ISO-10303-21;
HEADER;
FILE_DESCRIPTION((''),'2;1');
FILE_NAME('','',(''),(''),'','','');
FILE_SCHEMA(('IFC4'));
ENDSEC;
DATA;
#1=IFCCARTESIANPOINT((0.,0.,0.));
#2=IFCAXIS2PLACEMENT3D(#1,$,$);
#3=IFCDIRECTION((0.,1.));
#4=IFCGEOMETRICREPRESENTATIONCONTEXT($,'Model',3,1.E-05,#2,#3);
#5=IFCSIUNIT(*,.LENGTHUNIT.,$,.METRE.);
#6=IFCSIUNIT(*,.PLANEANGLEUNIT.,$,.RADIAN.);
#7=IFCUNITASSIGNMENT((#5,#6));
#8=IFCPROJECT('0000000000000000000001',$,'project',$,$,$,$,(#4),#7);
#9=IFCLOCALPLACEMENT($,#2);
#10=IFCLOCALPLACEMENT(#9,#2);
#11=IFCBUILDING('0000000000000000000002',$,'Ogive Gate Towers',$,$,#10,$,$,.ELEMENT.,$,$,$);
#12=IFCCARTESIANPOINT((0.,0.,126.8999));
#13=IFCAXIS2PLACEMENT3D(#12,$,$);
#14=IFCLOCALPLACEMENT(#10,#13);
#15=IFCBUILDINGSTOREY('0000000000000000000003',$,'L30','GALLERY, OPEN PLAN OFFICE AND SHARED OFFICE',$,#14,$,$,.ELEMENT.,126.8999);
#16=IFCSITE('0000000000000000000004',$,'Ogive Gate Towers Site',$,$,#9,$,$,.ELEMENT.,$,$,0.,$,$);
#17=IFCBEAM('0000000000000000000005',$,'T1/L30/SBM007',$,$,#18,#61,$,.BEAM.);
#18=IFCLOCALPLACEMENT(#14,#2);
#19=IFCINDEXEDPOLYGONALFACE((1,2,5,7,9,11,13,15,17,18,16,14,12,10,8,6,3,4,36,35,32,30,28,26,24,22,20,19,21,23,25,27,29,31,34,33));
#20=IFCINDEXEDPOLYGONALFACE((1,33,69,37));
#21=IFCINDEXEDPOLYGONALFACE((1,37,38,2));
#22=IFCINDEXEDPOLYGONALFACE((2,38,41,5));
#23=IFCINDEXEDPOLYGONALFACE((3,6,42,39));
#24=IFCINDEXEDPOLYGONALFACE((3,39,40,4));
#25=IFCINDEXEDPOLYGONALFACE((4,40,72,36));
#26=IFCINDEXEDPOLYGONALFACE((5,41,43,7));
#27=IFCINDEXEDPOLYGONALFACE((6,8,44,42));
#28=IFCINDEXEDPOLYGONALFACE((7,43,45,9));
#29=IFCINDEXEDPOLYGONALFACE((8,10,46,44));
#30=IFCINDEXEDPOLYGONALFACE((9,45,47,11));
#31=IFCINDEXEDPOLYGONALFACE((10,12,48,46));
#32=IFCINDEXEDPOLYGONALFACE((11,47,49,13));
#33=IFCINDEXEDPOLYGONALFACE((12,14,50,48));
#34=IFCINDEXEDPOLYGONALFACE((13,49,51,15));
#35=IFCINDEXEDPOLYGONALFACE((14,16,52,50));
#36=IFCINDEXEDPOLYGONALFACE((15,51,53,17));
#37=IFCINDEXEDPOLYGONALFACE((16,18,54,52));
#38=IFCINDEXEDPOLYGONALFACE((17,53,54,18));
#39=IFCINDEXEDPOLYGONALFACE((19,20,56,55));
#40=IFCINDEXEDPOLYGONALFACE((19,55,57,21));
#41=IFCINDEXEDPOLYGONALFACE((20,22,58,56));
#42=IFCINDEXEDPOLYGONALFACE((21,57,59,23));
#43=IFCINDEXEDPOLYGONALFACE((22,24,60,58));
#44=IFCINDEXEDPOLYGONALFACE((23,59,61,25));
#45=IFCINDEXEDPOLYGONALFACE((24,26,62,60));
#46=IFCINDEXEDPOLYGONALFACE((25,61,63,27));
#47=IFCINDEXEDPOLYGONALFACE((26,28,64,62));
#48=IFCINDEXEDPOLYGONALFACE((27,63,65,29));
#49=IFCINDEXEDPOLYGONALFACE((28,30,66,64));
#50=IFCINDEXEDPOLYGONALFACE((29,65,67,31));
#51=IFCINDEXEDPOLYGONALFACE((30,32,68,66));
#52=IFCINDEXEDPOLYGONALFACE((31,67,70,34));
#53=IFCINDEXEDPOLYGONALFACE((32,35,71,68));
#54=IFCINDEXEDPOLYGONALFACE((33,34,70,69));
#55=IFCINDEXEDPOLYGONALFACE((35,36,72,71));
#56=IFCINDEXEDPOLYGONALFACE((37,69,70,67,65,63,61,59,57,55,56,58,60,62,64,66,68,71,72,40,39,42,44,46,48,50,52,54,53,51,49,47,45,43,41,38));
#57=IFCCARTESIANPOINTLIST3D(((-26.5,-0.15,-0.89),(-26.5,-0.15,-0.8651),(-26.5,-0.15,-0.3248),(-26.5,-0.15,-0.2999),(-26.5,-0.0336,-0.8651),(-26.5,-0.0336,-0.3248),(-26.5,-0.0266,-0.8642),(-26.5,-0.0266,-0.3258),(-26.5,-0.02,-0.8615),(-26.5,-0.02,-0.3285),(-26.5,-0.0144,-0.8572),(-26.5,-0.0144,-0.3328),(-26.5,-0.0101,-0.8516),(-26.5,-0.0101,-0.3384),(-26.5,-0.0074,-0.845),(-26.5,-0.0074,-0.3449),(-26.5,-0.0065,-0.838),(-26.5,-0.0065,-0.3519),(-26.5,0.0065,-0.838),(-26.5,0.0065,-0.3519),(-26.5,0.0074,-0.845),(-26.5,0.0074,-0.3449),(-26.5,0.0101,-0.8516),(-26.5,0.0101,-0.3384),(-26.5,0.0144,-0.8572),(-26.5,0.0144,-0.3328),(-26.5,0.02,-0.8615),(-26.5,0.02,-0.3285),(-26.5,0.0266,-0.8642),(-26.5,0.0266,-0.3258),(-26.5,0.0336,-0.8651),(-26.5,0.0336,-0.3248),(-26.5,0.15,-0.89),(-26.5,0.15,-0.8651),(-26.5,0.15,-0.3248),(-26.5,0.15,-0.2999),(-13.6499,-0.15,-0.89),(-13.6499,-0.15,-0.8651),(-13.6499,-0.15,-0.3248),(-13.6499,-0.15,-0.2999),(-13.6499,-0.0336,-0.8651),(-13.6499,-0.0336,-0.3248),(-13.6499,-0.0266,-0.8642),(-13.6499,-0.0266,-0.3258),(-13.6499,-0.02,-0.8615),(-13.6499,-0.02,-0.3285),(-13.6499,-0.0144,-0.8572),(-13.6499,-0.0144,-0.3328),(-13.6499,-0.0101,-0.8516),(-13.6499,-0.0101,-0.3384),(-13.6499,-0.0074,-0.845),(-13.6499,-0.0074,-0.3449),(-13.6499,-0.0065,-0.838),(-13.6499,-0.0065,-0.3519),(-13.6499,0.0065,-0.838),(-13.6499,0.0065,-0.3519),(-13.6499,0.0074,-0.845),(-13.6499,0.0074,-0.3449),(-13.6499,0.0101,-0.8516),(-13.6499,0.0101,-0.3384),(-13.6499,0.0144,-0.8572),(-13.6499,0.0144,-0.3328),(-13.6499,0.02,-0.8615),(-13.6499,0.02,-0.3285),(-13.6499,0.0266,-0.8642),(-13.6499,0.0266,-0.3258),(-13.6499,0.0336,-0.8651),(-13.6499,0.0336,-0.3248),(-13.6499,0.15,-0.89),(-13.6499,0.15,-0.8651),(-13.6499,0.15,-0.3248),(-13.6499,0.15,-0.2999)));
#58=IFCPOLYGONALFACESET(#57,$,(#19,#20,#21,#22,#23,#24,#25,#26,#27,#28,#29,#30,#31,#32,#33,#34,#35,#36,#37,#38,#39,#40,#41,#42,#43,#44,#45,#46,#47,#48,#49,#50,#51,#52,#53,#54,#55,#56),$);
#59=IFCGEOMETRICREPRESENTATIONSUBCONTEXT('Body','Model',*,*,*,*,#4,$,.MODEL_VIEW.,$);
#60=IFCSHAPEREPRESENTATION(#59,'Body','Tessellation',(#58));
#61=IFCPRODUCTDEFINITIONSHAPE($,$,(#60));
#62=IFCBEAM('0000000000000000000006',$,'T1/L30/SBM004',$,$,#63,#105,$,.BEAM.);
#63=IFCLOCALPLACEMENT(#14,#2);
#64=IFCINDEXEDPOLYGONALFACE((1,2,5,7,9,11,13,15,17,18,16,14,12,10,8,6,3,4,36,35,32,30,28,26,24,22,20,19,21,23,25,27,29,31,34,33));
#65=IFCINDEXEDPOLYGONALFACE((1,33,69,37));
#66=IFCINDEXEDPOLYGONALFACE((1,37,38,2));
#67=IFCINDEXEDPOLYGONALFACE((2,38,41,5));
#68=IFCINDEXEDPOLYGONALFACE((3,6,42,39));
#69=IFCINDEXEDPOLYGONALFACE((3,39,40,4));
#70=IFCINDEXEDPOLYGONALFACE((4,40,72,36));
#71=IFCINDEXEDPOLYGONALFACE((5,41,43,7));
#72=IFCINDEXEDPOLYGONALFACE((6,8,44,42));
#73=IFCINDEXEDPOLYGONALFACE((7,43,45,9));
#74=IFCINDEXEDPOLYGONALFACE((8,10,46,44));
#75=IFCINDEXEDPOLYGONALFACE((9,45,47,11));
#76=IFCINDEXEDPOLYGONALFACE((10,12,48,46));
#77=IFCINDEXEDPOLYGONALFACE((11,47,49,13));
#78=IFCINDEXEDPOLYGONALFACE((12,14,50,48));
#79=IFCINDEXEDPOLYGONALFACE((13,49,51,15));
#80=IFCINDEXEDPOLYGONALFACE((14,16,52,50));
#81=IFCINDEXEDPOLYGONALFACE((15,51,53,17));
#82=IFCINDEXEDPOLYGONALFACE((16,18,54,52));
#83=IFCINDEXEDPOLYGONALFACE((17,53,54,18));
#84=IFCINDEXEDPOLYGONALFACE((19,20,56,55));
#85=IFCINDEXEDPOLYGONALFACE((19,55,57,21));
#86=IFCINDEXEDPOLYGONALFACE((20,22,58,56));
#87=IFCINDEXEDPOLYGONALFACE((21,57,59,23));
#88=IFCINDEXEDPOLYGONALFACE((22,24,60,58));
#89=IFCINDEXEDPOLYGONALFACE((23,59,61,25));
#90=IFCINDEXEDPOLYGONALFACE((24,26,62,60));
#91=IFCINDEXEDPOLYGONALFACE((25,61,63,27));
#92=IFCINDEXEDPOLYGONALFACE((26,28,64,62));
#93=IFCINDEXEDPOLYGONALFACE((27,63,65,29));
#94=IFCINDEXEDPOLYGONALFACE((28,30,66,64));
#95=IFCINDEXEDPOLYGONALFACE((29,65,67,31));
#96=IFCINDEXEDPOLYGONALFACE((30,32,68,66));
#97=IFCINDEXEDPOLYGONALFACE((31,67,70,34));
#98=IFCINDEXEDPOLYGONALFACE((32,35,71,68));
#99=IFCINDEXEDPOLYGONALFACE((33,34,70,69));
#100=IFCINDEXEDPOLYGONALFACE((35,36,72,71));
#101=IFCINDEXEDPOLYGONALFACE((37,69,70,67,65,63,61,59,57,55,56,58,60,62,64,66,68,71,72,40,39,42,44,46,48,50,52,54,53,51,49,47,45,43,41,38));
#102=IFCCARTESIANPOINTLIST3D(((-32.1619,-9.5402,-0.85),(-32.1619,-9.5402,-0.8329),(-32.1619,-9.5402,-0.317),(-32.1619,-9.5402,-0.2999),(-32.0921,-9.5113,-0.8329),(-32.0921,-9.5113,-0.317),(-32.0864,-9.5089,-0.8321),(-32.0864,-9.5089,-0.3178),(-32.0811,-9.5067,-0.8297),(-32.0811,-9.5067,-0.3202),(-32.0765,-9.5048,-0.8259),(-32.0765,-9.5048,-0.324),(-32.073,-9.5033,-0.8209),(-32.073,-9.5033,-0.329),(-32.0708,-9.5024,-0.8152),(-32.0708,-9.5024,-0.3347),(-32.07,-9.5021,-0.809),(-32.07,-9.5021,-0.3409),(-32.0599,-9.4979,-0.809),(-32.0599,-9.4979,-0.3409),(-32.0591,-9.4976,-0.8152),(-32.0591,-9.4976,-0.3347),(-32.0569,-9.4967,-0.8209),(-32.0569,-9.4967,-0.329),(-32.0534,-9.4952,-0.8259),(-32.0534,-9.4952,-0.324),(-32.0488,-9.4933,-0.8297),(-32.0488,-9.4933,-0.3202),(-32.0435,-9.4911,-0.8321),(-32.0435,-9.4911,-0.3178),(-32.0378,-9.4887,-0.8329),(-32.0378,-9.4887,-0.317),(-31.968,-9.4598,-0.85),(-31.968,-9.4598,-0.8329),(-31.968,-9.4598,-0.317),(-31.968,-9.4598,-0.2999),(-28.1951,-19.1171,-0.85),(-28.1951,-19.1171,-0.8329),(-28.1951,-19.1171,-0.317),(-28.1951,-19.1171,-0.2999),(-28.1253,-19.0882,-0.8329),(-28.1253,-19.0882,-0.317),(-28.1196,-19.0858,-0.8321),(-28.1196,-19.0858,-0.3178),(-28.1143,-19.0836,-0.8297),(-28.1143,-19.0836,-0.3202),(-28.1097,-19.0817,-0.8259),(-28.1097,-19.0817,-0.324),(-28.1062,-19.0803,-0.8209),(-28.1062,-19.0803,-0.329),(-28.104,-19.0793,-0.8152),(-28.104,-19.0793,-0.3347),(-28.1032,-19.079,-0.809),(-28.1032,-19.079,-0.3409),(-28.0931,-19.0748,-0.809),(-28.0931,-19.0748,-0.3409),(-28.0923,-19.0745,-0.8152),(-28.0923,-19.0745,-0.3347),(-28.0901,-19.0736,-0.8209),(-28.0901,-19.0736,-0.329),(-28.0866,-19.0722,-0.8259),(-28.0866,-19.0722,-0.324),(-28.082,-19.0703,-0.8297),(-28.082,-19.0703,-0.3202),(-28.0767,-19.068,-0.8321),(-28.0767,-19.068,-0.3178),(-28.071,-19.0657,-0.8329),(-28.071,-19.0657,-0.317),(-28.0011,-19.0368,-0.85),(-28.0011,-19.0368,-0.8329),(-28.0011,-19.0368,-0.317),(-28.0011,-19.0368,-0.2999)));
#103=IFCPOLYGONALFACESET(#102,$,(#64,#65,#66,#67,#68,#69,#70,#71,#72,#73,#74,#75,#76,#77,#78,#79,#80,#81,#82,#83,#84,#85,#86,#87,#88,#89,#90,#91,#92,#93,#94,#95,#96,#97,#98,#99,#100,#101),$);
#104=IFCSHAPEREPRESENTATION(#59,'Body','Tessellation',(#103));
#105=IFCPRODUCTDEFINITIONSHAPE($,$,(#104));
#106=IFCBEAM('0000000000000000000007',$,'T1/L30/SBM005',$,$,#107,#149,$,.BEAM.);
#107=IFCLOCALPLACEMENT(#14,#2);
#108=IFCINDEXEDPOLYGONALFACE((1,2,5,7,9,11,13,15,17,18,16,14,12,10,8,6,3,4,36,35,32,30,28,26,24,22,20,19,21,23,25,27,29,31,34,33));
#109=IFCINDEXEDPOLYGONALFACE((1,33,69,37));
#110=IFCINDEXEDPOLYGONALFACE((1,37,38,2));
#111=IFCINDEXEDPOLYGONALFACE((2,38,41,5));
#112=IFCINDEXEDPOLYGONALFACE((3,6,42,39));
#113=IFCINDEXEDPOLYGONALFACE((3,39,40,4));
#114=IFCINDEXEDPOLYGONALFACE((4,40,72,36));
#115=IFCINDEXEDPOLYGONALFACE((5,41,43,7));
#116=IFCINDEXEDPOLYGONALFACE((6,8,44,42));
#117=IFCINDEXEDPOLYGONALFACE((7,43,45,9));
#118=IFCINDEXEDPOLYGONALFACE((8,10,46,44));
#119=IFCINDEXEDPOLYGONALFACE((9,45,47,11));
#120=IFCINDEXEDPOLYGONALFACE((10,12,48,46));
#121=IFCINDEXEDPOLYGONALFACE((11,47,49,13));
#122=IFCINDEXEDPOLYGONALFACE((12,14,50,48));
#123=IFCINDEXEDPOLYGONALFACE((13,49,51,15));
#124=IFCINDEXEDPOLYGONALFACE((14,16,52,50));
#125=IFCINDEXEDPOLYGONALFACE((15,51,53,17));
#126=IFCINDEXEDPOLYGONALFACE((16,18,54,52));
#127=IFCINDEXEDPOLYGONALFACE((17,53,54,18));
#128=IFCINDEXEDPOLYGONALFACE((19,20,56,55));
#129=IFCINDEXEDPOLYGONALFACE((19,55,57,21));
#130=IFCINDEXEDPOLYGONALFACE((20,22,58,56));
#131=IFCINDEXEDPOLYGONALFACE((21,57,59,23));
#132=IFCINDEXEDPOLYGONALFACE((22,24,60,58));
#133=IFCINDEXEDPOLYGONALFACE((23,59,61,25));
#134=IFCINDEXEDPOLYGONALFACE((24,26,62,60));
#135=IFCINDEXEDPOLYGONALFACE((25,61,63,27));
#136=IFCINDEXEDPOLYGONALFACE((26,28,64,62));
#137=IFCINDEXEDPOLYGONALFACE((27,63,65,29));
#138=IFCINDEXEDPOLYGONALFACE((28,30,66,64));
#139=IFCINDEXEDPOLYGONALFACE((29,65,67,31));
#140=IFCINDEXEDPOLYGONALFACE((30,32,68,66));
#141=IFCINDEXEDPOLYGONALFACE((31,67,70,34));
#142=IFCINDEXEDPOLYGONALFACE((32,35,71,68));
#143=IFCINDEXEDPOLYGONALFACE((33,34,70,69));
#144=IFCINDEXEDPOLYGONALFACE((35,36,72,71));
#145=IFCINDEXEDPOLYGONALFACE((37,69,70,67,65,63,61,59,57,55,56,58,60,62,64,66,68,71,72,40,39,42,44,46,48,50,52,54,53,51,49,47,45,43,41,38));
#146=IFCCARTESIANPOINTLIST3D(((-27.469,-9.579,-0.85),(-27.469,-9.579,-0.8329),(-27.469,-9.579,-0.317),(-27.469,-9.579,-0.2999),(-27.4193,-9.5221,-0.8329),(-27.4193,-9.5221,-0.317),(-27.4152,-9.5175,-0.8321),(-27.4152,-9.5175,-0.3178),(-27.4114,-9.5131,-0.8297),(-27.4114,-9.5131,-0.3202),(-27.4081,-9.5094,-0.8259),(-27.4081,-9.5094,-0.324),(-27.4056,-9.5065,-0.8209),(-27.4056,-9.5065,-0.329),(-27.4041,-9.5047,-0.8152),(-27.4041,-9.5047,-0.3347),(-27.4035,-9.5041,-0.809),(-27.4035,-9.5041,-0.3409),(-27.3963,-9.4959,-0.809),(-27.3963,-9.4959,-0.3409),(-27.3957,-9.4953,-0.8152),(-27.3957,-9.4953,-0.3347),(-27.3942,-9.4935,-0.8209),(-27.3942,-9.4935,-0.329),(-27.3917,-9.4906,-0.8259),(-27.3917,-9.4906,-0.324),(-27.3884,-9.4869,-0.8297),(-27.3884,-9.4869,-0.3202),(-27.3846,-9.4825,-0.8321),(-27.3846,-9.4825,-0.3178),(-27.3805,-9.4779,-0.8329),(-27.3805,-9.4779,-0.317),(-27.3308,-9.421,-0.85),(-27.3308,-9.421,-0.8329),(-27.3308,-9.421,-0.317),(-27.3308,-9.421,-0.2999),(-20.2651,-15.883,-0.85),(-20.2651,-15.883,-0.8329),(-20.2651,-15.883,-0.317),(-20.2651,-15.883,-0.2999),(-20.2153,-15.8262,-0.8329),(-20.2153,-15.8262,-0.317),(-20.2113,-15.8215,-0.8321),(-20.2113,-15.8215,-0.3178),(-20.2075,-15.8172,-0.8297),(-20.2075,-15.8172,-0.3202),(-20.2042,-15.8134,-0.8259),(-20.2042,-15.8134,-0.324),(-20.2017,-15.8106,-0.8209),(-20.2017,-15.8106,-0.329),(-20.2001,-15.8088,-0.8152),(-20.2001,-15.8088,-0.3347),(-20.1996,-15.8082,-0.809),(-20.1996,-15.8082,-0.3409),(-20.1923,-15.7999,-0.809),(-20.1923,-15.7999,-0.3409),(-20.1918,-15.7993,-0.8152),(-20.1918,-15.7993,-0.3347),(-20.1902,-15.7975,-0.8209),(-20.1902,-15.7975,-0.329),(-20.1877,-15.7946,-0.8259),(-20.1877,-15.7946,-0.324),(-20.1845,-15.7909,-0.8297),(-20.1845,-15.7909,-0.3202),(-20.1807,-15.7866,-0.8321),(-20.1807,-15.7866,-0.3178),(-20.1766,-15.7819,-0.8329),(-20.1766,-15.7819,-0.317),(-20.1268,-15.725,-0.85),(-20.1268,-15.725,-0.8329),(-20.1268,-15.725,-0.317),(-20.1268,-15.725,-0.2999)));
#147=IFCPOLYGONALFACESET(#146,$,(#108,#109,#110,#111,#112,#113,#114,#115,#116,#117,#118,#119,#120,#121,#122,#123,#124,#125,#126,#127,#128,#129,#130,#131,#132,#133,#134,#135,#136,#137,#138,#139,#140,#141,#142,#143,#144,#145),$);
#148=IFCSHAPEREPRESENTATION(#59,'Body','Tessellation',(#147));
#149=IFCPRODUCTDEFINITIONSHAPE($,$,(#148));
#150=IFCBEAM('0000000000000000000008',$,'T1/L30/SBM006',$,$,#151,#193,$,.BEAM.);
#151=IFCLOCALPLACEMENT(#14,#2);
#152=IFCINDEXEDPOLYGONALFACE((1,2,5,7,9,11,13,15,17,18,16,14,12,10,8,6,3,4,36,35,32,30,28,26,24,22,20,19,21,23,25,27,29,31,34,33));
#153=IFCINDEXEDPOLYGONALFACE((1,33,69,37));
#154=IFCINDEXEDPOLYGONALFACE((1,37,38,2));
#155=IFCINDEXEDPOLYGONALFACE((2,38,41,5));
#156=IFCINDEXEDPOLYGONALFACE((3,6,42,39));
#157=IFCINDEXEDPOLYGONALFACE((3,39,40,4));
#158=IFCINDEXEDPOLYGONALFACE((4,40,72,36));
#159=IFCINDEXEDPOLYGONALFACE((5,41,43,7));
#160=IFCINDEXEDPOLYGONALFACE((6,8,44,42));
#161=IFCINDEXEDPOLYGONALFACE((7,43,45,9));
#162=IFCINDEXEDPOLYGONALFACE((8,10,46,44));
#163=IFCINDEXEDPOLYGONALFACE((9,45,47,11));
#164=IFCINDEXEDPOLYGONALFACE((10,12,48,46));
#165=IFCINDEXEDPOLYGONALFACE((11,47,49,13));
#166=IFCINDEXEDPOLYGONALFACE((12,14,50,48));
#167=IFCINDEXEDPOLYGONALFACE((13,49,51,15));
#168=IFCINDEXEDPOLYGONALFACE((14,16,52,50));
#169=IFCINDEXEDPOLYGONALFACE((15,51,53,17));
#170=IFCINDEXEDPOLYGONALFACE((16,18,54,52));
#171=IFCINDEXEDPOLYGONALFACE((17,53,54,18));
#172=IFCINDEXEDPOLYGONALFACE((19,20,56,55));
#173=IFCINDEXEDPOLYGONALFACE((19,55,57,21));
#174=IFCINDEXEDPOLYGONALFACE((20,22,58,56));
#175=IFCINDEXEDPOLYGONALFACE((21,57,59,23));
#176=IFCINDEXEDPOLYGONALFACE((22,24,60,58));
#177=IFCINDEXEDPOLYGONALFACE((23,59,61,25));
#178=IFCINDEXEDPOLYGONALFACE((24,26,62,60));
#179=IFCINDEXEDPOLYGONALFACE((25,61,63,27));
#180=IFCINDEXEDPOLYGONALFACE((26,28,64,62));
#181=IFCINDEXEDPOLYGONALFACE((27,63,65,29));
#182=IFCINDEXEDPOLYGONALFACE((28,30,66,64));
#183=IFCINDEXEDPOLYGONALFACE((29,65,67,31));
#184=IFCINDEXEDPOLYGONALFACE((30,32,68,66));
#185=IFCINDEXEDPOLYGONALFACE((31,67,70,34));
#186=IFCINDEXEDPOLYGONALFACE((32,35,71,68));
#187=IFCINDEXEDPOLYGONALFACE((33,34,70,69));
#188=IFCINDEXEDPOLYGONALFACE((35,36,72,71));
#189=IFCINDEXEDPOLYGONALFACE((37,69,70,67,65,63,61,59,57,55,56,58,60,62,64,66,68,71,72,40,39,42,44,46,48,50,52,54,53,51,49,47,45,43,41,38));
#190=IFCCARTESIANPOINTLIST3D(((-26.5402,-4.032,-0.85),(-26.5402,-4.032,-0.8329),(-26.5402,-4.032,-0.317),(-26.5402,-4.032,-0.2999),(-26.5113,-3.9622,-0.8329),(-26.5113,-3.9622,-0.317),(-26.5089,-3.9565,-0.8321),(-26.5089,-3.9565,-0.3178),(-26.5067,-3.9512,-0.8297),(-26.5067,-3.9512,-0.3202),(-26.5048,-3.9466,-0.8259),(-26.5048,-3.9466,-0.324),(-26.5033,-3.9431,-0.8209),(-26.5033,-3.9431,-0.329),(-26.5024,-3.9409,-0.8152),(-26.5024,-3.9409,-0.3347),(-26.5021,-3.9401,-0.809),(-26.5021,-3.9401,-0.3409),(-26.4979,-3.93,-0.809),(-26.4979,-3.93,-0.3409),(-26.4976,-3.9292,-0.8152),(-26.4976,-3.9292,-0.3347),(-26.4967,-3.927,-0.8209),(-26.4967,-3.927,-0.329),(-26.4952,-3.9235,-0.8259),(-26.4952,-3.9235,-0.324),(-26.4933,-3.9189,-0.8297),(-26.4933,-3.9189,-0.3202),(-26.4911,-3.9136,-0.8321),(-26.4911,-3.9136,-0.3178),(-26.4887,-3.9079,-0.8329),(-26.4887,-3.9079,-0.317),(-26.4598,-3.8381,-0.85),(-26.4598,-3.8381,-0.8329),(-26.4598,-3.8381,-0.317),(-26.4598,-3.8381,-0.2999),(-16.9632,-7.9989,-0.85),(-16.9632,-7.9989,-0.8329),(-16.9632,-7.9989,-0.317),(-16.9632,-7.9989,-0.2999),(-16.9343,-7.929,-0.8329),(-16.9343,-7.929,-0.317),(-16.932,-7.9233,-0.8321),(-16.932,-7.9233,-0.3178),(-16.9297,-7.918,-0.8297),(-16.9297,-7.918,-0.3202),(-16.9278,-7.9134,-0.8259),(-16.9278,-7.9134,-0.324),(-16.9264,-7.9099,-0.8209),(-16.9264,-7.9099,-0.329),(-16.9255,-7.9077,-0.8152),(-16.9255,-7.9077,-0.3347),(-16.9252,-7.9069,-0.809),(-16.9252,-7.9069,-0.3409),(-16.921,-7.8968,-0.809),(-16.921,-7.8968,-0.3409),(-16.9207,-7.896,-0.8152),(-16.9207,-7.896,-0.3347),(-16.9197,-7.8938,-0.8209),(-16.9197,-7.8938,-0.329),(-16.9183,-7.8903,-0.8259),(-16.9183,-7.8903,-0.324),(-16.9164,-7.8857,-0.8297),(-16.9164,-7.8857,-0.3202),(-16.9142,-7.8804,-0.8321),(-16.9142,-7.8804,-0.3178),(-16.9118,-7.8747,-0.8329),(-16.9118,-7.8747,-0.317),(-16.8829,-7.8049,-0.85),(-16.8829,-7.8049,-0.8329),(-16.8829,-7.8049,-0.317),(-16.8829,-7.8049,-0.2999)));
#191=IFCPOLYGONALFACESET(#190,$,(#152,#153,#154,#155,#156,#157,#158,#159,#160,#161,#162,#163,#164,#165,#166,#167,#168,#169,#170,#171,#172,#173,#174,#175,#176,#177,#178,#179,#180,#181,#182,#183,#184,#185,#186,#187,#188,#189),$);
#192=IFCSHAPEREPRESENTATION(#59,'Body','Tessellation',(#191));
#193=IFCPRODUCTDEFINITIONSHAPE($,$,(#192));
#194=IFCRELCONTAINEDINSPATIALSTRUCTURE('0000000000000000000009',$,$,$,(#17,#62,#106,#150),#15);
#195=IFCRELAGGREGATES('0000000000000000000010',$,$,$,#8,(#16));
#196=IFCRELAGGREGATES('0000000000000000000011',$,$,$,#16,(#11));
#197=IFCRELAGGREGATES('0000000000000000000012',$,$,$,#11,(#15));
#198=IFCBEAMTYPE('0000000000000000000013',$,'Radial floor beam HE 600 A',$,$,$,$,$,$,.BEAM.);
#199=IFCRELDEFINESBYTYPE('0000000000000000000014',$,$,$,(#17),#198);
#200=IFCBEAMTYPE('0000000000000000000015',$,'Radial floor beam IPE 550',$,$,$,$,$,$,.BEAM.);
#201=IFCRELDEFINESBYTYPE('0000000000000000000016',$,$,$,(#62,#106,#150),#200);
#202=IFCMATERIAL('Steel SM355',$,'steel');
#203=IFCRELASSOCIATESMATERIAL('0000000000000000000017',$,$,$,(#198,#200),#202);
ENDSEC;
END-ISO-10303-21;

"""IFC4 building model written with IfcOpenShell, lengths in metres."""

from ifc_helpers import new_model, si_unit, direction, frame, origin, origin_2d, place, context, subcontext, project, spatial, i_section, extrude, material, material_profile, profile_set, type_object, element, save


model = new_model("IFC4")

# Units and contexts
model_context = context("Model", 3, precision=1e-05, world=origin(), true_north=direction((0.0, 1.0)))
body_context = subcontext(model_context, "Body", "Model", "MODEL_VIEW")
ifc_project = project(units=[si_unit("LENGTHUNIT", "METRE"), si_unit("PLANEANGLEUNIT", "RADIAN")], contexts=[model_context])

# Site, building, storey
site_placement = place(None, origin())
site = spatial("IfcSite", under=ifc_project, at=site_placement, Name="Ogive Gate Towers Site", CompositionType="ELEMENT", RefElevation=0.0)
building_placement = place(site_placement, origin())
building = spatial("IfcBuilding", under=site, at=building_placement, Name="Ogive Gate Towers", CompositionType="ELEMENT")
storey_placement = place(building_placement, frame((0.0, 0.0, 126.8999)))
storey = spatial("IfcBuildingStorey", under=building, at=storey_placement, Name="L30", Description="GALLERY, OPEN PLAN OFFICE AND SHARED OFFICE", CompositionType="ELEMENT", Elevation=126.8999)

# Beams
ifc_material_1 = material(Name="Steel SM355", Category="steel")
ifc_material_profile_1 = material_profile(ifc_material_1, i_section(OverallWidth=0.3, OverallDepth=0.5901, WebThickness=0.0129, FlangeThickness=0.0249, FilletRadius=0.0271, at=origin_2d()), Name="HE 600 A")
ifc_profile_set_1 = profile_set([ifc_material_profile_1], Name="Steel SM355")
beam_type_1 = type_object("IfcBeamType", Name="Radial floor beam HE 600 A", PredefinedType="BEAM", material=ifc_profile_set_1)
beam_1_placement = place(storey_placement, frame((-26.5, 0.0, -0.595), z_axis=(1.0, 0.0, 0.0), x_axis=(0.0, 1.0, 0.0)))
element("IfcBeam", 1, at=beam_1_placement, inside=storey, type_object=beam_type_1, Name="T1/L30/SBM007", PredefinedType="BEAM", context=body_context, shape_type="SweptSolid", body=[
    extrude(i_section(OverallWidth=0.3, OverallDepth=0.5901, WebThickness=0.0129, FlangeThickness=0.0249, FilletRadius=0.0271, at=origin_2d()), origin(), (0.0, 0.0, 1.0), 12.8501),
])
ifc_material_profile_2 = material_profile(ifc_material_1, i_section(OverallWidth=0.21, OverallDepth=0.55, WebThickness=0.011, FlangeThickness=0.0171, FilletRadius=0.0239, at=origin_2d()), Name="IPE 550")
ifc_profile_set_2 = profile_set([ifc_material_profile_2], Name="Steel SM355")
beam_type_2 = type_object("IfcBeamType", Name="Radial floor beam IPE 550", PredefinedType="BEAM", material=ifc_profile_set_2)
beam_2_placement = place(storey_placement, frame((-32.0649, -9.5, -0.575), z_axis=(0.382676, -0.923882, 0.0), x_axis=(0.923882, 0.382676, 0.0)))
element("IfcBeam", 2, at=beam_2_placement, inside=storey, type_object=beam_type_2, Name="T1/L30/SBM004", PredefinedType="BEAM", context=body_context, shape_type="SweptSolid", body=[
    extrude(i_section(OverallWidth=0.21, OverallDepth=0.55, WebThickness=0.011, FlangeThickness=0.0171, FilletRadius=0.0239, at=origin_2d()), origin(), (0.0, 0.0, 1.0), 10.366),
])
beam_3_placement = place(storey_placement, frame((-27.3999, -9.5, -0.575), z_axis=(0.752547, -0.658539, 0.0), x_axis=(0.658539, 0.752547, 0.0)))
element("IfcBeam", 3, at=beam_3_placement, inside=storey, type_object=beam_type_2, Name="T1/L30/SBM005", PredefinedType="BEAM", context=body_context, shape_type="SweptSolid", body=[
    extrude(i_section(OverallWidth=0.21, OverallDepth=0.55, WebThickness=0.011, FlangeThickness=0.0171, FilletRadius=0.0239, at=origin_2d()), origin(), (0.0, 0.0, 1.0), 9.5728),
])
for number, where, z_axis, x_axis, name in (
    (4, (-26.5, -3.9351, -0.575), (0.923882, -0.382676, 0.0), (0.382676, 0.923882, 0.0), "T1/L30/SBM006"),
):
    element("IfcBeam", number, at=place(storey_placement, frame(where, z_axis=z_axis, x_axis=x_axis)), inside=storey, type_object=beam_type_2, Name=name, PredefinedType="BEAM", context=body_context, shape_type="SweptSolid", body=[
        extrude(i_section(OverallWidth=0.21, OverallDepth=0.55, WebThickness=0.011, FlangeThickness=0.0171, FilletRadius=0.0239, at=origin_2d()), origin(), (0.0, 0.0, 1.0), 10.366),
    ])

save(model, "model.ifc")
